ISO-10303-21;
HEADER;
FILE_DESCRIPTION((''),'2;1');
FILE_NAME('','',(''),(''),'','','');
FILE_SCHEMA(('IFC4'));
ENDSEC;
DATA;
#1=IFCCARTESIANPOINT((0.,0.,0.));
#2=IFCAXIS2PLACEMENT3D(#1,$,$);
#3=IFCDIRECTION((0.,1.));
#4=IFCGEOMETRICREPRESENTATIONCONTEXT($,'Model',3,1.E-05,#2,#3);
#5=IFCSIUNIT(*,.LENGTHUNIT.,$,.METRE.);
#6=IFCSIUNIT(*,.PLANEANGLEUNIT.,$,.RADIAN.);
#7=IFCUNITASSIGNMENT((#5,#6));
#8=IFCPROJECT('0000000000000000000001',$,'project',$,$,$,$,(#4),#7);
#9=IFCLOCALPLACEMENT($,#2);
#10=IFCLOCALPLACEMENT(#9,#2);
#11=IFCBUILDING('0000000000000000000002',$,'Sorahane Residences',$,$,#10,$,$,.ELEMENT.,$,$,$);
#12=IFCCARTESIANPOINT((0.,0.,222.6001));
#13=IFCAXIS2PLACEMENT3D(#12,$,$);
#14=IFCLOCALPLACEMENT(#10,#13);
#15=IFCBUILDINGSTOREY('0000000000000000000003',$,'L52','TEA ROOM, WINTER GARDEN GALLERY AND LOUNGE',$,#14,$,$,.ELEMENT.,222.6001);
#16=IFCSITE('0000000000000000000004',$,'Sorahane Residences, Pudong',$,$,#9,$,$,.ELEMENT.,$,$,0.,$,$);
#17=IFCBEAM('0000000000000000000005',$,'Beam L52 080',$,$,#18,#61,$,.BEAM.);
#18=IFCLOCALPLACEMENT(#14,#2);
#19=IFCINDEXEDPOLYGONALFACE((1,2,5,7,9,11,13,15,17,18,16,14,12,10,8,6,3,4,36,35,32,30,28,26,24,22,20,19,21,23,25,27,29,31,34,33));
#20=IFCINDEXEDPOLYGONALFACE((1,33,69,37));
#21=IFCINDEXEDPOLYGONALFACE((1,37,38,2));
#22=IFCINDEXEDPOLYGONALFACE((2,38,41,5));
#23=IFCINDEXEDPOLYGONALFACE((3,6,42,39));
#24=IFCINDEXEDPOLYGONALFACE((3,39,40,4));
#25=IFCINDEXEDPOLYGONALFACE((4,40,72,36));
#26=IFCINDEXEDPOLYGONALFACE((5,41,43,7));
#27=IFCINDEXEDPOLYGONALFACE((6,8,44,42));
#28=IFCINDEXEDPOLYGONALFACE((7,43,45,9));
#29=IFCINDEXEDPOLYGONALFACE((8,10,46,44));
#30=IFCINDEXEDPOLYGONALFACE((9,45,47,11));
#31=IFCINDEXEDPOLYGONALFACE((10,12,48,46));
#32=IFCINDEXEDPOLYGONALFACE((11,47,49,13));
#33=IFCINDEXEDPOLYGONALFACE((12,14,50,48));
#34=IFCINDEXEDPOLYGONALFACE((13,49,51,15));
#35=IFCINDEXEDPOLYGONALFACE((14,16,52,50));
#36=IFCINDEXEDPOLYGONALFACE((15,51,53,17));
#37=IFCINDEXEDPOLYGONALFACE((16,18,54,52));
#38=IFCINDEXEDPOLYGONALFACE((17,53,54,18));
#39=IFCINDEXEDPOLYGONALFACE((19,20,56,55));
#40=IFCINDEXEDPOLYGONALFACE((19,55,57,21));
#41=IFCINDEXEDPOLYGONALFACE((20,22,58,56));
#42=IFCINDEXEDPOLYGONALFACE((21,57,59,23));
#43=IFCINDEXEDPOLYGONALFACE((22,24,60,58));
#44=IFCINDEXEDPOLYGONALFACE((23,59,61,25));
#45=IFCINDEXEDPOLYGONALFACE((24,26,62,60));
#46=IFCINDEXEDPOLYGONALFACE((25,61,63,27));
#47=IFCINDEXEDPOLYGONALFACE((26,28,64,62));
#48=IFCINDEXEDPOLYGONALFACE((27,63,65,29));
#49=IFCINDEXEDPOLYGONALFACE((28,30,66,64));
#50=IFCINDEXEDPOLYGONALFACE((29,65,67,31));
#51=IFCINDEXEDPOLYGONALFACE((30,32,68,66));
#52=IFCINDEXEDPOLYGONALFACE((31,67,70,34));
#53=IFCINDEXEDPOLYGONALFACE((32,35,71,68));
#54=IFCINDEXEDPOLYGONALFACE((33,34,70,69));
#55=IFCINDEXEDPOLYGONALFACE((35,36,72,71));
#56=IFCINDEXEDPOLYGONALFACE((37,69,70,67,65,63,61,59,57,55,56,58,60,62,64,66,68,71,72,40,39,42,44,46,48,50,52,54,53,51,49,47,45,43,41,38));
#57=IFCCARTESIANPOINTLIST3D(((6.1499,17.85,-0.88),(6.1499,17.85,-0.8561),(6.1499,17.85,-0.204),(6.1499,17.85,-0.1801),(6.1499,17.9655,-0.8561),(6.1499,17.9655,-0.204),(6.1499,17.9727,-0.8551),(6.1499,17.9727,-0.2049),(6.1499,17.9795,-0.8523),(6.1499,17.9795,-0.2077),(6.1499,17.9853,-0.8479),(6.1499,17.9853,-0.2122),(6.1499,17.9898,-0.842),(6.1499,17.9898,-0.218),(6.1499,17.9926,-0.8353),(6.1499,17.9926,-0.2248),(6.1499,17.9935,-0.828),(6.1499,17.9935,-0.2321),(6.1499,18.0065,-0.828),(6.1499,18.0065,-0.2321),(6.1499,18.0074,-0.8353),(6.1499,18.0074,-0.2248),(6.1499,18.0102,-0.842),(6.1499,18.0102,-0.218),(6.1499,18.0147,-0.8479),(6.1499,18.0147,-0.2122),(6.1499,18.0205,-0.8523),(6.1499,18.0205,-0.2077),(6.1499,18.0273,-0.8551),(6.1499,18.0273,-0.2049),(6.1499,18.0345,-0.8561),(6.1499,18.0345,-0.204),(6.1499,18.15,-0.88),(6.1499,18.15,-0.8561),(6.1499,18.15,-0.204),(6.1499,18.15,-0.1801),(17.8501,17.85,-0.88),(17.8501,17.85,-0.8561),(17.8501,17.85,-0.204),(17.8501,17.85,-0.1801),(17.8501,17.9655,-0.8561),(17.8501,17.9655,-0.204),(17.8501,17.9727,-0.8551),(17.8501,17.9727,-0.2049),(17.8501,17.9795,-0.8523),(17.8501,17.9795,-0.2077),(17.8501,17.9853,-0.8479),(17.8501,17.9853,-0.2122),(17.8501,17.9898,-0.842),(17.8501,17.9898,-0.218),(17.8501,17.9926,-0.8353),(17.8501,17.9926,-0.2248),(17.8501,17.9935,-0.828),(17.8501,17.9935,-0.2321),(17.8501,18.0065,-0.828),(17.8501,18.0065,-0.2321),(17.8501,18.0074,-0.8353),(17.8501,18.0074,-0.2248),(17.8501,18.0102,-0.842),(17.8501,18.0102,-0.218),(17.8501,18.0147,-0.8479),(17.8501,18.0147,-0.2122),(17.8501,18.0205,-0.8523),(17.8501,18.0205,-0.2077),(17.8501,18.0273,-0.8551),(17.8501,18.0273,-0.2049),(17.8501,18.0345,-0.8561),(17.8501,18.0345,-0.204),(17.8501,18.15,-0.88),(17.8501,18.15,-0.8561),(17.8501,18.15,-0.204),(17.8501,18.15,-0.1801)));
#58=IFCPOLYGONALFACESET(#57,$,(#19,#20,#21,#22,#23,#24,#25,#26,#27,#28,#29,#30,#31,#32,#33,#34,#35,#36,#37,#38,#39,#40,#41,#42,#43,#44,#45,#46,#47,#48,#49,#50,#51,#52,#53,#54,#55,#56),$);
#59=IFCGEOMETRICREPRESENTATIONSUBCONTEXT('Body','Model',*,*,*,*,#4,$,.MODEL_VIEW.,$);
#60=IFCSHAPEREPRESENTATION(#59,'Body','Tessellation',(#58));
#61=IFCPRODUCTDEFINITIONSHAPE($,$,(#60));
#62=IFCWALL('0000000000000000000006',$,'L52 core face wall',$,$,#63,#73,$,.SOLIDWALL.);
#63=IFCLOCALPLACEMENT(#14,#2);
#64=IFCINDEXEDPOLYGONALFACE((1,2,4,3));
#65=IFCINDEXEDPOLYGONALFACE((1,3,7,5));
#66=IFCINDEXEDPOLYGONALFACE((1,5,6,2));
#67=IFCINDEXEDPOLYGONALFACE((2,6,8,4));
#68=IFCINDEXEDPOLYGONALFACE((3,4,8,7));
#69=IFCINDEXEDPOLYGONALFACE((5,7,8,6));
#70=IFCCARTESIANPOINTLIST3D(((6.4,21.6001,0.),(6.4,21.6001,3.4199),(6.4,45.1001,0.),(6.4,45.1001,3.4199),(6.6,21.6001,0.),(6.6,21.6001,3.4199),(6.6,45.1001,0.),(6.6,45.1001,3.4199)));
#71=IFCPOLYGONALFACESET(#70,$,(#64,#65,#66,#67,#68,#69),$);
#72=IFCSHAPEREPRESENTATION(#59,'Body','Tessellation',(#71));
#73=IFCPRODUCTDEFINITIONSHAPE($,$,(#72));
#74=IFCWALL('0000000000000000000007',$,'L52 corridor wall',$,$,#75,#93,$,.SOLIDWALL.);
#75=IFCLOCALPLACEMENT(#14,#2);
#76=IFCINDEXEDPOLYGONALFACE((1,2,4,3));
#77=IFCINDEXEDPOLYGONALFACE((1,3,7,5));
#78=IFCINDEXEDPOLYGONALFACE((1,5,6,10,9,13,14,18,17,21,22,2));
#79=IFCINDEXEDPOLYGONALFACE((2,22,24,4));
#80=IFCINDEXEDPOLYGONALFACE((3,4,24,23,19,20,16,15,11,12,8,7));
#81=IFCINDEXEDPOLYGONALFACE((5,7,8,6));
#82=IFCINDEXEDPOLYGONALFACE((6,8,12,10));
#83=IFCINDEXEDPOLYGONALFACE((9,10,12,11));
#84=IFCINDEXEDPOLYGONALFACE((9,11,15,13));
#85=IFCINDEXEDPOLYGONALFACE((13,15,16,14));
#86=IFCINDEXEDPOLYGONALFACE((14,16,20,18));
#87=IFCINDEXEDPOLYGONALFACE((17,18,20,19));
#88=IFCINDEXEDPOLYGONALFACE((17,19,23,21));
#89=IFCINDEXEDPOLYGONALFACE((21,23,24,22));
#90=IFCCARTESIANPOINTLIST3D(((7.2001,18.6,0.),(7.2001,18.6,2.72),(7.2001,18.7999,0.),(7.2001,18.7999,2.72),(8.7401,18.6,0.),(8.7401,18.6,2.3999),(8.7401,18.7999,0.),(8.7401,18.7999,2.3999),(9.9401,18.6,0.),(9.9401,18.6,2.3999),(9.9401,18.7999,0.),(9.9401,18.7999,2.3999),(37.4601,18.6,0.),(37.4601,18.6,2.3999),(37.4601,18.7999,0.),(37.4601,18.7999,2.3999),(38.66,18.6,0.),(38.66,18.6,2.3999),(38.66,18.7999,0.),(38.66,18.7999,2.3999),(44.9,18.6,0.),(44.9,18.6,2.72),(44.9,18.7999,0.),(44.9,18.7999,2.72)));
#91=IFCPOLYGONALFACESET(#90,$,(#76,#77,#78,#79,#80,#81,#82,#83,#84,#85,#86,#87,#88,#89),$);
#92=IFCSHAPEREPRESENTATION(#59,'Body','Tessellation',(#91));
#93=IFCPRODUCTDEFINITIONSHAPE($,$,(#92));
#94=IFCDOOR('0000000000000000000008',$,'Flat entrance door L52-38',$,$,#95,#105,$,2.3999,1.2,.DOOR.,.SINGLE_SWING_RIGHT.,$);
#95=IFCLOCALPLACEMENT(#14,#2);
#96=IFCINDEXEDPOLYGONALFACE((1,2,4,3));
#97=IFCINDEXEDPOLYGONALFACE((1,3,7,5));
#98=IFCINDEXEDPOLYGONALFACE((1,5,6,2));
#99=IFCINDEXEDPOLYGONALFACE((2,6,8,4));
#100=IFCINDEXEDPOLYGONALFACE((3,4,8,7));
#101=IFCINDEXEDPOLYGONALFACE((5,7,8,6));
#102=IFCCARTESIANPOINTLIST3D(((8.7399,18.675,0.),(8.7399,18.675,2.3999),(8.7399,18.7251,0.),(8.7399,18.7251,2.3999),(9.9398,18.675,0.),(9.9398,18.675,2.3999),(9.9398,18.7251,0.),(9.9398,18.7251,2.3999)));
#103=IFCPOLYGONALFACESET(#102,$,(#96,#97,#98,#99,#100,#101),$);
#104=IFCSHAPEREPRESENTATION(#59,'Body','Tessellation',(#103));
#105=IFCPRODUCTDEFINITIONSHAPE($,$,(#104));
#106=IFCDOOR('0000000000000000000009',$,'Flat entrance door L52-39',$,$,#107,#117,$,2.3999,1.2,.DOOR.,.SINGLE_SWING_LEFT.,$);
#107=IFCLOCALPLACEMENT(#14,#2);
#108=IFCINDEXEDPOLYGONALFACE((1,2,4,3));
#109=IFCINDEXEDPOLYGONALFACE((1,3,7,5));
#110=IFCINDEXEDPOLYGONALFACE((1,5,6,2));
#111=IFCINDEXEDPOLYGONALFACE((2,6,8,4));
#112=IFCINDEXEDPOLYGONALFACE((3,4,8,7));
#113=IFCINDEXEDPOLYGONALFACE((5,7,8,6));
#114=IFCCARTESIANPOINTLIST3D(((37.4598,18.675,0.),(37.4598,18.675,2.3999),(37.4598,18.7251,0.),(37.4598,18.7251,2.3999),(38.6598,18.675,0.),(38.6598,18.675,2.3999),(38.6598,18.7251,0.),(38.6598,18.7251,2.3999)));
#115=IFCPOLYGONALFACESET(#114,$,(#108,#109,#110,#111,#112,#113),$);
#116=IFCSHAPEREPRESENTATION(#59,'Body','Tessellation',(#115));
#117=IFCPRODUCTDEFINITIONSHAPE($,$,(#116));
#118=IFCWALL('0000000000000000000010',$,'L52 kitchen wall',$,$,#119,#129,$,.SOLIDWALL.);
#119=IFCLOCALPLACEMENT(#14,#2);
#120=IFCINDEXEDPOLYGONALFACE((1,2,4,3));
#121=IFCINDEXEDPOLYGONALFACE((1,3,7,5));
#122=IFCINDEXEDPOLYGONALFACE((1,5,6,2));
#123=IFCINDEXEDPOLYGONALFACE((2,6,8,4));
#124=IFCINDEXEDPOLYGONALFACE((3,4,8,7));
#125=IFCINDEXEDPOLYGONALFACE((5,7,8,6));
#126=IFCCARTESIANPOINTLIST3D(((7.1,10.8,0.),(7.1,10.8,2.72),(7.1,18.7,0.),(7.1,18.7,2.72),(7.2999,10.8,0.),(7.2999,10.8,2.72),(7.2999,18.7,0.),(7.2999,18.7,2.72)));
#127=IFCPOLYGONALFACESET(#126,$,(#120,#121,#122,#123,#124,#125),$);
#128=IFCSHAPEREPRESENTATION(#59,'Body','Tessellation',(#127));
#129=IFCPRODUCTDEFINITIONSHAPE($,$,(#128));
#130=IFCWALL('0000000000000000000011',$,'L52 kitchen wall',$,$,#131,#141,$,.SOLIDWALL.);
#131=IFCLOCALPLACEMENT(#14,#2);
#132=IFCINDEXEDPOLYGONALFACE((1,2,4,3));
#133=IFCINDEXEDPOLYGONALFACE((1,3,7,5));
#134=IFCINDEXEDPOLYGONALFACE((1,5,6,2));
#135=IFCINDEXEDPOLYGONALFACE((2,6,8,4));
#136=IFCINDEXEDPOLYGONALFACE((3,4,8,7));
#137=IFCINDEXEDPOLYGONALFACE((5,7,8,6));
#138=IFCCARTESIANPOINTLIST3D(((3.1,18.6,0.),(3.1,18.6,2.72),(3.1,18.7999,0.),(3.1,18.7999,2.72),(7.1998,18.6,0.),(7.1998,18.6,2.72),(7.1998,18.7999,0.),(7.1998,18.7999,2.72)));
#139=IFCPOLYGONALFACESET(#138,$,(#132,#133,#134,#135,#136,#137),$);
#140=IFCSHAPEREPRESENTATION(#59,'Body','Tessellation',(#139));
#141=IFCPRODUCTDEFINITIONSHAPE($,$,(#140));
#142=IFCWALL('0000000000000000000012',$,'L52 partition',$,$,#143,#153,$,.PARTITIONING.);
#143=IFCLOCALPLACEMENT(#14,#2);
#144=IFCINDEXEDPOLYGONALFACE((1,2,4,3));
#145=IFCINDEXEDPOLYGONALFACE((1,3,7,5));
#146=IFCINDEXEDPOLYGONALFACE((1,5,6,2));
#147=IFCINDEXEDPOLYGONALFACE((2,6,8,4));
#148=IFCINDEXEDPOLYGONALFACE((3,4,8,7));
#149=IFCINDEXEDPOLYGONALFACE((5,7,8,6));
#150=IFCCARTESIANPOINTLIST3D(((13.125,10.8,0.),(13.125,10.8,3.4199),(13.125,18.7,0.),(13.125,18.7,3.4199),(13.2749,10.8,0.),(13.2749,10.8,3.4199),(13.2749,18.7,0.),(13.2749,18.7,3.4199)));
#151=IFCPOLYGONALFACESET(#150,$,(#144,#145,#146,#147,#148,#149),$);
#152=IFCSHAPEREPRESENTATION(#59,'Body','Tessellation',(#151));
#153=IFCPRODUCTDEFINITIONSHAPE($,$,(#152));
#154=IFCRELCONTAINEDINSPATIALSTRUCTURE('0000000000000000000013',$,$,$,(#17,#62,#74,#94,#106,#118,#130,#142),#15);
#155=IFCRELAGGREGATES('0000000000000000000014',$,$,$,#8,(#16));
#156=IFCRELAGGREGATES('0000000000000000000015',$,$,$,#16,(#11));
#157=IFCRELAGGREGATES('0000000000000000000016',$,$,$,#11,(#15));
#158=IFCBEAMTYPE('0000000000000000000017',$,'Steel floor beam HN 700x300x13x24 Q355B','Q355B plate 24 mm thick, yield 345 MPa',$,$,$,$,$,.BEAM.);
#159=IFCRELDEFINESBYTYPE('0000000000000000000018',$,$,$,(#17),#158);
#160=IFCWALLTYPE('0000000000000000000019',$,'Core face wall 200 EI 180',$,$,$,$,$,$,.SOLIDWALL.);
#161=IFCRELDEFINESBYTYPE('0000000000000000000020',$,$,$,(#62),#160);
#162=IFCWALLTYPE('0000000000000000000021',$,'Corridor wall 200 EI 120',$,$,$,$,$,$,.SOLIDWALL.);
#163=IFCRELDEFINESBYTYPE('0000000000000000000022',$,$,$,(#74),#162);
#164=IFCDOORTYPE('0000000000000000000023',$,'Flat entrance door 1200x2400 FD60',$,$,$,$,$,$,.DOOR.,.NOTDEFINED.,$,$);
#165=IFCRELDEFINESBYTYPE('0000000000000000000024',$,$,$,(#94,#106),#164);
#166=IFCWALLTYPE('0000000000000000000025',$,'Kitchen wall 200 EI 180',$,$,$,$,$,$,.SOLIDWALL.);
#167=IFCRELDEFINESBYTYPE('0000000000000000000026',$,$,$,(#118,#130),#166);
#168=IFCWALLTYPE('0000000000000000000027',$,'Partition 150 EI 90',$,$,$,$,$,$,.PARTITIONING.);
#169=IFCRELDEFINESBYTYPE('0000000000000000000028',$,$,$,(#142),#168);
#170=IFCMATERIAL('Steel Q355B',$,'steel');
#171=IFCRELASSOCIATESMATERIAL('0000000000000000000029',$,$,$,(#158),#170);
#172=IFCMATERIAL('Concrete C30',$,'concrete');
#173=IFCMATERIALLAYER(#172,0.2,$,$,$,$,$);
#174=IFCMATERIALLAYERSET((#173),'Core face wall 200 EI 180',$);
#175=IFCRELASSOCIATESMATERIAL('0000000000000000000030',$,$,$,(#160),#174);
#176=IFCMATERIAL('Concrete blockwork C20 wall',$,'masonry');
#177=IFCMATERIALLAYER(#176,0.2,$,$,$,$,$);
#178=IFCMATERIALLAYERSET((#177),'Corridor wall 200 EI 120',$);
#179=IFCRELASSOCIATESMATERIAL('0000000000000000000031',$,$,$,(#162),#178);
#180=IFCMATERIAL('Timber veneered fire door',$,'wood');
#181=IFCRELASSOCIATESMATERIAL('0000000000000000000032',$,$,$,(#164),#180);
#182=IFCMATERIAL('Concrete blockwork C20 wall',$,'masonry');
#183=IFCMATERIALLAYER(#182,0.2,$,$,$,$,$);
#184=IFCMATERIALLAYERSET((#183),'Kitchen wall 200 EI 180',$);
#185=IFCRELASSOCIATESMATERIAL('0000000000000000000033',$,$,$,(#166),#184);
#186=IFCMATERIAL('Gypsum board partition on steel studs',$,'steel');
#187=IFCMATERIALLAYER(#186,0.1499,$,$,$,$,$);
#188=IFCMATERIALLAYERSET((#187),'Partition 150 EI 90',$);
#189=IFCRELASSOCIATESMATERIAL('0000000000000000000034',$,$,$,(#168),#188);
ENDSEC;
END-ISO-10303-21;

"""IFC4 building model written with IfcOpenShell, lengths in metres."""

from ifc_helpers import new_model, si_unit, direction, frame, frame_2d, origin, origin_2d, place, context, subcontext, project, spatial, rectangle, i_section, extrude, material, layer, layer_set, material_profile, profile_set, type_object, element, fill, save


model = new_model("IFC4")

# Units and contexts
model_context = context("Model", 3, precision=1e-05, world=origin(), true_north=direction((0.0, 1.0)))
body_context = subcontext(model_context, "Body", "Model", "MODEL_VIEW")
ifc_project = project(units=[si_unit("LENGTHUNIT", "METRE"), si_unit("PLANEANGLEUNIT", "RADIAN")], contexts=[model_context])

# Site, building, storey
site_placement = place(None, origin())
site = spatial("IfcSite", under=ifc_project, at=site_placement, Name="Sorahane Residences, Pudong", CompositionType="ELEMENT", RefElevation=0.0)
building_placement = place(site_placement, origin())
building = spatial("IfcBuilding", under=site, at=building_placement, Name="Sorahane Residences", CompositionType="ELEMENT")
storey_placement = place(building_placement, frame((0.0, 0.0, 222.6001)))
storey = spatial("IfcBuildingStorey", under=building, at=storey_placement, Name="L52", Description="TEA ROOM, WINTER GARDEN GALLERY AND LOUNGE", CompositionType="ELEMENT", Elevation=222.6001)

# Beam
ifc_material_1 = material(Name="Steel Q355B", Category="steel")
ifc_material_profile_1 = material_profile(ifc_material_1, i_section(OverallWidth=0.3, OverallDepth=0.7, WebThickness=0.0129, FlangeThickness=0.0239, FilletRadius=0.0281, at=origin_2d()), Name="HN 700x300x13x24")
ifc_profile_set_1 = profile_set([ifc_material_profile_1], Name="Steel Q355B")
beam_type = type_object("IfcBeamType", Name="Steel floor beam HN 700x300x13x24 Q355B", Description="Q355B plate 24 mm thick, yield 345 MPa", PredefinedType="BEAM", material=ifc_profile_set_1)
beam_1_placement = place(storey_placement, frame((6.1499, 18.0, -0.53), z_axis=(1.0, 0.0, 0.0), x_axis=(0.0, 1.0, 0.0)))
element("IfcBeam", 1, at=beam_1_placement, inside=storey, type_object=beam_type, Name="Beam L52 080", PredefinedType="BEAM", context=body_context, shape_type="SweptSolid", body=[
    extrude(i_section(OverallWidth=0.3, OverallDepth=0.7, WebThickness=0.0129, FlangeThickness=0.0239, FilletRadius=0.0281, at=origin_2d()), origin(), (0.0, 0.0, 1.0), 11.7002),
])

# Wall
ifc_material_2 = material(Name="Concrete C30", Category="concrete")
ifc_layer_1 = layer(ifc_material_2, 0.2)
ifc_layer_set_1 = layer_set([ifc_layer_1], Name="Core face wall 200 EI 180")
wall_type_1 = type_object("IfcWallType", Name="Core face wall 200 EI 180", PredefinedType="SOLIDWALL", material=ifc_layer_set_1)
wall_1_placement = place(storey_placement, frame((6.5, 21.6001, 0.0), z_axis=(0.0, 0.0, 1.0), x_axis=(0.0, 1.0, 0.0)))
element("IfcWall", 2, at=wall_1_placement, inside=storey, type_object=wall_type_1, Name="L52 core face wall", PredefinedType="SOLIDWALL", context=body_context, shape_type="SweptSolid", body=[
    extrude(rectangle(XDim=23.5, YDim=0.2, at=frame_2d((11.75, 0.0))), origin(), (0.0, 0.0, 1.0), 3.4199),
])

# Wall, openings, doors
ifc_material_3 = material(Name="Concrete blockwork C20 wall", Category="masonry")
ifc_layer_2 = layer(ifc_material_3, 0.2)
ifc_layer_set_2 = layer_set([ifc_layer_2], Name="Corridor wall 200 EI 120")
wall_type_2 = type_object("IfcWallType", Name="Corridor wall 200 EI 120", PredefinedType="SOLIDWALL", material=ifc_layer_set_2)
wall_2_placement = place(storey_placement, frame((7.2, 18.7, 0.0), z_axis=(0.0, 0.0, 1.0), x_axis=(1.0, 0.0, 0.0)))
wall_2 = element("IfcWall", 3, at=wall_2_placement, inside=storey, type_object=wall_type_2, Name="L52 corridor wall", PredefinedType="SOLIDWALL", context=body_context, shape_type="SweptSolid", body=[
    extrude(rectangle(XDim=37.7, YDim=0.2, at=frame_2d((18.8501, 0.0))), origin(), (0.0, 0.0, 1.0), 2.72),
])
opening_1_placement = place(wall_2_placement, frame((1.54, 0.0, 0.0)))
opening_1 = element("IfcOpeningElement", 4, at=opening_1_placement, cuts=wall_2, PredefinedType="OPENING", context=body_context, shape_type="SweptSolid", body=[
    extrude(rectangle(XDim=1.2, YDim=2.3999, at=frame_2d((0.6001, 1.2))), frame((0.0, 0.1099, 0.0), z_axis=(0.0, -1.0, 0.0), x_axis=(1.0, 0.0, 0.0)), (0.0, 0.0, 1.0), 0.22),
])
opening_2_placement = place(wall_2_placement, frame((30.26, 0.0, 0.0)))
opening_2 = element("IfcOpeningElement", 5, at=opening_2_placement, cuts=wall_2, PredefinedType="OPENING", context=body_context, shape_type="SweptSolid", body=[
    extrude(rectangle(XDim=1.2, YDim=2.3999, at=frame_2d((0.6001, 1.2))), frame((0.0, 0.1099, 0.0), z_axis=(0.0, -1.0, 0.0), x_axis=(1.0, 0.0, 0.0)), (0.0, 0.0, 1.0), 0.22),
])
ifc_material_4 = material(Name="Timber veneered fire door", Category="wood")
door_type_1 = type_object("IfcDoorType", Name="Flat entrance door 1200x2400 FD60", OperationType="NOTDEFINED", PredefinedType="DOOR", material=ifc_material_4)
door_1_placement = place(opening_1_placement, frame((1.2, 0.0, 0.0), z_axis=(0.0, 0.0, 1.0), x_axis=(-1.0, 0.0, 0.0)))
door_1 = element("IfcDoor", 6, at=door_1_placement, inside=storey, type_object=door_type_1, Name="Flat entrance door L52-38", OperationType="SINGLE_SWING_RIGHT", OverallHeight=2.3999, OverallWidth=1.2, PredefinedType="DOOR", context=body_context, shape_type="SweptSolid", body=[
    extrude(rectangle(XDim=1.2, YDim=2.3999, at=frame_2d((0.6001, 1.2))), frame((0.0, 0.0249, 0.0), z_axis=(0.0, -1.0, 0.0), x_axis=(1.0, 0.0, 0.0)), (0.0, 0.0, 1.0), 0.05),
])
fill(opening_1, door_1)
door_2_placement = place(opening_2_placement, frame((1.2, 0.0, 0.0), z_axis=(0.0, 0.0, 1.0), x_axis=(-1.0, 0.0, 0.0)))
door_2 = element("IfcDoor", 7, at=door_2_placement, inside=storey, type_object=door_type_1, Name="Flat entrance door L52-39", OperationType="SINGLE_SWING_LEFT", OverallHeight=2.3999, OverallWidth=1.2, PredefinedType="DOOR", context=body_context, shape_type="SweptSolid", body=[
    extrude(rectangle(XDim=1.2, YDim=2.3999, at=frame_2d((0.6001, 1.2))), frame((0.0, 0.0249, 0.0), z_axis=(0.0, -1.0, 0.0), x_axis=(1.0, 0.0, 0.0)), (0.0, 0.0, 1.0), 0.05),
])
fill(opening_2, door_2)

# Walls
ifc_material_5 = material(Name="Concrete blockwork C20 wall", Category="masonry")
ifc_layer_3 = layer(ifc_material_5, 0.2)
ifc_layer_set_3 = layer_set([ifc_layer_3], Name="Kitchen wall 200 EI 180")
wall_type_3 = type_object("IfcWallType", Name="Kitchen wall 200 EI 180", PredefinedType="SOLIDWALL", material=ifc_layer_set_3)
wall_3_placement = place(storey_placement, frame((7.2, 10.8, 0.0), z_axis=(0.0, 0.0, 1.0), x_axis=(0.0, 1.0, 0.0)))
element("IfcWall", 8, at=wall_3_placement, inside=storey, type_object=wall_type_3, Name="L52 kitchen wall", PredefinedType="SOLIDWALL", context=body_context, shape_type="SweptSolid", body=[
    extrude(rectangle(XDim=7.8999, YDim=0.2, at=frame_2d((3.95, 0.0))), origin(), (0.0, 0.0, 1.0), 2.72),
])
wall_4_placement = place(storey_placement, frame((3.1001, 18.7, 0.0), z_axis=(0.0, 0.0, 1.0), x_axis=(1.0, 0.0, 0.0)))
element("IfcWall", 9, at=wall_4_placement, inside=storey, type_object=wall_type_3, Name="L52 kitchen wall", PredefinedType="SOLIDWALL", context=body_context, shape_type="SweptSolid", body=[
    extrude(rectangle(XDim=4.0999, YDim=0.2, at=frame_2d((2.0498, 0.0))), origin(), (0.0, 0.0, 1.0), 2.72),
])
ifc_material_6 = material(Name="Gypsum board partition on steel studs", Category="steel")
ifc_layer_4 = layer(ifc_material_6, 0.1499)
ifc_layer_set_4 = layer_set([ifc_layer_4], Name="Partition 150 EI 90")
wall_type_4 = type_object("IfcWallType", Name="Partition 150 EI 90", PredefinedType="PARTITIONING", material=ifc_layer_set_4)
wall_5_placement = place(storey_placement, frame((13.2, 10.8, 0.0), z_axis=(0.0, 0.0, 1.0), x_axis=(0.0, 1.0, 0.0)))
element("IfcWall", 10, at=wall_5_placement, inside=storey, type_object=wall_type_4, Name="L52 partition", PredefinedType="PARTITIONING", context=body_context, shape_type="SweptSolid", body=[
    extrude(rectangle(XDim=7.8999, YDim=0.1499, at=frame_2d((3.95, 0.0))), origin(), (0.0, 0.0, 1.0), 3.4199),
])

save(model, "model.ifc")
